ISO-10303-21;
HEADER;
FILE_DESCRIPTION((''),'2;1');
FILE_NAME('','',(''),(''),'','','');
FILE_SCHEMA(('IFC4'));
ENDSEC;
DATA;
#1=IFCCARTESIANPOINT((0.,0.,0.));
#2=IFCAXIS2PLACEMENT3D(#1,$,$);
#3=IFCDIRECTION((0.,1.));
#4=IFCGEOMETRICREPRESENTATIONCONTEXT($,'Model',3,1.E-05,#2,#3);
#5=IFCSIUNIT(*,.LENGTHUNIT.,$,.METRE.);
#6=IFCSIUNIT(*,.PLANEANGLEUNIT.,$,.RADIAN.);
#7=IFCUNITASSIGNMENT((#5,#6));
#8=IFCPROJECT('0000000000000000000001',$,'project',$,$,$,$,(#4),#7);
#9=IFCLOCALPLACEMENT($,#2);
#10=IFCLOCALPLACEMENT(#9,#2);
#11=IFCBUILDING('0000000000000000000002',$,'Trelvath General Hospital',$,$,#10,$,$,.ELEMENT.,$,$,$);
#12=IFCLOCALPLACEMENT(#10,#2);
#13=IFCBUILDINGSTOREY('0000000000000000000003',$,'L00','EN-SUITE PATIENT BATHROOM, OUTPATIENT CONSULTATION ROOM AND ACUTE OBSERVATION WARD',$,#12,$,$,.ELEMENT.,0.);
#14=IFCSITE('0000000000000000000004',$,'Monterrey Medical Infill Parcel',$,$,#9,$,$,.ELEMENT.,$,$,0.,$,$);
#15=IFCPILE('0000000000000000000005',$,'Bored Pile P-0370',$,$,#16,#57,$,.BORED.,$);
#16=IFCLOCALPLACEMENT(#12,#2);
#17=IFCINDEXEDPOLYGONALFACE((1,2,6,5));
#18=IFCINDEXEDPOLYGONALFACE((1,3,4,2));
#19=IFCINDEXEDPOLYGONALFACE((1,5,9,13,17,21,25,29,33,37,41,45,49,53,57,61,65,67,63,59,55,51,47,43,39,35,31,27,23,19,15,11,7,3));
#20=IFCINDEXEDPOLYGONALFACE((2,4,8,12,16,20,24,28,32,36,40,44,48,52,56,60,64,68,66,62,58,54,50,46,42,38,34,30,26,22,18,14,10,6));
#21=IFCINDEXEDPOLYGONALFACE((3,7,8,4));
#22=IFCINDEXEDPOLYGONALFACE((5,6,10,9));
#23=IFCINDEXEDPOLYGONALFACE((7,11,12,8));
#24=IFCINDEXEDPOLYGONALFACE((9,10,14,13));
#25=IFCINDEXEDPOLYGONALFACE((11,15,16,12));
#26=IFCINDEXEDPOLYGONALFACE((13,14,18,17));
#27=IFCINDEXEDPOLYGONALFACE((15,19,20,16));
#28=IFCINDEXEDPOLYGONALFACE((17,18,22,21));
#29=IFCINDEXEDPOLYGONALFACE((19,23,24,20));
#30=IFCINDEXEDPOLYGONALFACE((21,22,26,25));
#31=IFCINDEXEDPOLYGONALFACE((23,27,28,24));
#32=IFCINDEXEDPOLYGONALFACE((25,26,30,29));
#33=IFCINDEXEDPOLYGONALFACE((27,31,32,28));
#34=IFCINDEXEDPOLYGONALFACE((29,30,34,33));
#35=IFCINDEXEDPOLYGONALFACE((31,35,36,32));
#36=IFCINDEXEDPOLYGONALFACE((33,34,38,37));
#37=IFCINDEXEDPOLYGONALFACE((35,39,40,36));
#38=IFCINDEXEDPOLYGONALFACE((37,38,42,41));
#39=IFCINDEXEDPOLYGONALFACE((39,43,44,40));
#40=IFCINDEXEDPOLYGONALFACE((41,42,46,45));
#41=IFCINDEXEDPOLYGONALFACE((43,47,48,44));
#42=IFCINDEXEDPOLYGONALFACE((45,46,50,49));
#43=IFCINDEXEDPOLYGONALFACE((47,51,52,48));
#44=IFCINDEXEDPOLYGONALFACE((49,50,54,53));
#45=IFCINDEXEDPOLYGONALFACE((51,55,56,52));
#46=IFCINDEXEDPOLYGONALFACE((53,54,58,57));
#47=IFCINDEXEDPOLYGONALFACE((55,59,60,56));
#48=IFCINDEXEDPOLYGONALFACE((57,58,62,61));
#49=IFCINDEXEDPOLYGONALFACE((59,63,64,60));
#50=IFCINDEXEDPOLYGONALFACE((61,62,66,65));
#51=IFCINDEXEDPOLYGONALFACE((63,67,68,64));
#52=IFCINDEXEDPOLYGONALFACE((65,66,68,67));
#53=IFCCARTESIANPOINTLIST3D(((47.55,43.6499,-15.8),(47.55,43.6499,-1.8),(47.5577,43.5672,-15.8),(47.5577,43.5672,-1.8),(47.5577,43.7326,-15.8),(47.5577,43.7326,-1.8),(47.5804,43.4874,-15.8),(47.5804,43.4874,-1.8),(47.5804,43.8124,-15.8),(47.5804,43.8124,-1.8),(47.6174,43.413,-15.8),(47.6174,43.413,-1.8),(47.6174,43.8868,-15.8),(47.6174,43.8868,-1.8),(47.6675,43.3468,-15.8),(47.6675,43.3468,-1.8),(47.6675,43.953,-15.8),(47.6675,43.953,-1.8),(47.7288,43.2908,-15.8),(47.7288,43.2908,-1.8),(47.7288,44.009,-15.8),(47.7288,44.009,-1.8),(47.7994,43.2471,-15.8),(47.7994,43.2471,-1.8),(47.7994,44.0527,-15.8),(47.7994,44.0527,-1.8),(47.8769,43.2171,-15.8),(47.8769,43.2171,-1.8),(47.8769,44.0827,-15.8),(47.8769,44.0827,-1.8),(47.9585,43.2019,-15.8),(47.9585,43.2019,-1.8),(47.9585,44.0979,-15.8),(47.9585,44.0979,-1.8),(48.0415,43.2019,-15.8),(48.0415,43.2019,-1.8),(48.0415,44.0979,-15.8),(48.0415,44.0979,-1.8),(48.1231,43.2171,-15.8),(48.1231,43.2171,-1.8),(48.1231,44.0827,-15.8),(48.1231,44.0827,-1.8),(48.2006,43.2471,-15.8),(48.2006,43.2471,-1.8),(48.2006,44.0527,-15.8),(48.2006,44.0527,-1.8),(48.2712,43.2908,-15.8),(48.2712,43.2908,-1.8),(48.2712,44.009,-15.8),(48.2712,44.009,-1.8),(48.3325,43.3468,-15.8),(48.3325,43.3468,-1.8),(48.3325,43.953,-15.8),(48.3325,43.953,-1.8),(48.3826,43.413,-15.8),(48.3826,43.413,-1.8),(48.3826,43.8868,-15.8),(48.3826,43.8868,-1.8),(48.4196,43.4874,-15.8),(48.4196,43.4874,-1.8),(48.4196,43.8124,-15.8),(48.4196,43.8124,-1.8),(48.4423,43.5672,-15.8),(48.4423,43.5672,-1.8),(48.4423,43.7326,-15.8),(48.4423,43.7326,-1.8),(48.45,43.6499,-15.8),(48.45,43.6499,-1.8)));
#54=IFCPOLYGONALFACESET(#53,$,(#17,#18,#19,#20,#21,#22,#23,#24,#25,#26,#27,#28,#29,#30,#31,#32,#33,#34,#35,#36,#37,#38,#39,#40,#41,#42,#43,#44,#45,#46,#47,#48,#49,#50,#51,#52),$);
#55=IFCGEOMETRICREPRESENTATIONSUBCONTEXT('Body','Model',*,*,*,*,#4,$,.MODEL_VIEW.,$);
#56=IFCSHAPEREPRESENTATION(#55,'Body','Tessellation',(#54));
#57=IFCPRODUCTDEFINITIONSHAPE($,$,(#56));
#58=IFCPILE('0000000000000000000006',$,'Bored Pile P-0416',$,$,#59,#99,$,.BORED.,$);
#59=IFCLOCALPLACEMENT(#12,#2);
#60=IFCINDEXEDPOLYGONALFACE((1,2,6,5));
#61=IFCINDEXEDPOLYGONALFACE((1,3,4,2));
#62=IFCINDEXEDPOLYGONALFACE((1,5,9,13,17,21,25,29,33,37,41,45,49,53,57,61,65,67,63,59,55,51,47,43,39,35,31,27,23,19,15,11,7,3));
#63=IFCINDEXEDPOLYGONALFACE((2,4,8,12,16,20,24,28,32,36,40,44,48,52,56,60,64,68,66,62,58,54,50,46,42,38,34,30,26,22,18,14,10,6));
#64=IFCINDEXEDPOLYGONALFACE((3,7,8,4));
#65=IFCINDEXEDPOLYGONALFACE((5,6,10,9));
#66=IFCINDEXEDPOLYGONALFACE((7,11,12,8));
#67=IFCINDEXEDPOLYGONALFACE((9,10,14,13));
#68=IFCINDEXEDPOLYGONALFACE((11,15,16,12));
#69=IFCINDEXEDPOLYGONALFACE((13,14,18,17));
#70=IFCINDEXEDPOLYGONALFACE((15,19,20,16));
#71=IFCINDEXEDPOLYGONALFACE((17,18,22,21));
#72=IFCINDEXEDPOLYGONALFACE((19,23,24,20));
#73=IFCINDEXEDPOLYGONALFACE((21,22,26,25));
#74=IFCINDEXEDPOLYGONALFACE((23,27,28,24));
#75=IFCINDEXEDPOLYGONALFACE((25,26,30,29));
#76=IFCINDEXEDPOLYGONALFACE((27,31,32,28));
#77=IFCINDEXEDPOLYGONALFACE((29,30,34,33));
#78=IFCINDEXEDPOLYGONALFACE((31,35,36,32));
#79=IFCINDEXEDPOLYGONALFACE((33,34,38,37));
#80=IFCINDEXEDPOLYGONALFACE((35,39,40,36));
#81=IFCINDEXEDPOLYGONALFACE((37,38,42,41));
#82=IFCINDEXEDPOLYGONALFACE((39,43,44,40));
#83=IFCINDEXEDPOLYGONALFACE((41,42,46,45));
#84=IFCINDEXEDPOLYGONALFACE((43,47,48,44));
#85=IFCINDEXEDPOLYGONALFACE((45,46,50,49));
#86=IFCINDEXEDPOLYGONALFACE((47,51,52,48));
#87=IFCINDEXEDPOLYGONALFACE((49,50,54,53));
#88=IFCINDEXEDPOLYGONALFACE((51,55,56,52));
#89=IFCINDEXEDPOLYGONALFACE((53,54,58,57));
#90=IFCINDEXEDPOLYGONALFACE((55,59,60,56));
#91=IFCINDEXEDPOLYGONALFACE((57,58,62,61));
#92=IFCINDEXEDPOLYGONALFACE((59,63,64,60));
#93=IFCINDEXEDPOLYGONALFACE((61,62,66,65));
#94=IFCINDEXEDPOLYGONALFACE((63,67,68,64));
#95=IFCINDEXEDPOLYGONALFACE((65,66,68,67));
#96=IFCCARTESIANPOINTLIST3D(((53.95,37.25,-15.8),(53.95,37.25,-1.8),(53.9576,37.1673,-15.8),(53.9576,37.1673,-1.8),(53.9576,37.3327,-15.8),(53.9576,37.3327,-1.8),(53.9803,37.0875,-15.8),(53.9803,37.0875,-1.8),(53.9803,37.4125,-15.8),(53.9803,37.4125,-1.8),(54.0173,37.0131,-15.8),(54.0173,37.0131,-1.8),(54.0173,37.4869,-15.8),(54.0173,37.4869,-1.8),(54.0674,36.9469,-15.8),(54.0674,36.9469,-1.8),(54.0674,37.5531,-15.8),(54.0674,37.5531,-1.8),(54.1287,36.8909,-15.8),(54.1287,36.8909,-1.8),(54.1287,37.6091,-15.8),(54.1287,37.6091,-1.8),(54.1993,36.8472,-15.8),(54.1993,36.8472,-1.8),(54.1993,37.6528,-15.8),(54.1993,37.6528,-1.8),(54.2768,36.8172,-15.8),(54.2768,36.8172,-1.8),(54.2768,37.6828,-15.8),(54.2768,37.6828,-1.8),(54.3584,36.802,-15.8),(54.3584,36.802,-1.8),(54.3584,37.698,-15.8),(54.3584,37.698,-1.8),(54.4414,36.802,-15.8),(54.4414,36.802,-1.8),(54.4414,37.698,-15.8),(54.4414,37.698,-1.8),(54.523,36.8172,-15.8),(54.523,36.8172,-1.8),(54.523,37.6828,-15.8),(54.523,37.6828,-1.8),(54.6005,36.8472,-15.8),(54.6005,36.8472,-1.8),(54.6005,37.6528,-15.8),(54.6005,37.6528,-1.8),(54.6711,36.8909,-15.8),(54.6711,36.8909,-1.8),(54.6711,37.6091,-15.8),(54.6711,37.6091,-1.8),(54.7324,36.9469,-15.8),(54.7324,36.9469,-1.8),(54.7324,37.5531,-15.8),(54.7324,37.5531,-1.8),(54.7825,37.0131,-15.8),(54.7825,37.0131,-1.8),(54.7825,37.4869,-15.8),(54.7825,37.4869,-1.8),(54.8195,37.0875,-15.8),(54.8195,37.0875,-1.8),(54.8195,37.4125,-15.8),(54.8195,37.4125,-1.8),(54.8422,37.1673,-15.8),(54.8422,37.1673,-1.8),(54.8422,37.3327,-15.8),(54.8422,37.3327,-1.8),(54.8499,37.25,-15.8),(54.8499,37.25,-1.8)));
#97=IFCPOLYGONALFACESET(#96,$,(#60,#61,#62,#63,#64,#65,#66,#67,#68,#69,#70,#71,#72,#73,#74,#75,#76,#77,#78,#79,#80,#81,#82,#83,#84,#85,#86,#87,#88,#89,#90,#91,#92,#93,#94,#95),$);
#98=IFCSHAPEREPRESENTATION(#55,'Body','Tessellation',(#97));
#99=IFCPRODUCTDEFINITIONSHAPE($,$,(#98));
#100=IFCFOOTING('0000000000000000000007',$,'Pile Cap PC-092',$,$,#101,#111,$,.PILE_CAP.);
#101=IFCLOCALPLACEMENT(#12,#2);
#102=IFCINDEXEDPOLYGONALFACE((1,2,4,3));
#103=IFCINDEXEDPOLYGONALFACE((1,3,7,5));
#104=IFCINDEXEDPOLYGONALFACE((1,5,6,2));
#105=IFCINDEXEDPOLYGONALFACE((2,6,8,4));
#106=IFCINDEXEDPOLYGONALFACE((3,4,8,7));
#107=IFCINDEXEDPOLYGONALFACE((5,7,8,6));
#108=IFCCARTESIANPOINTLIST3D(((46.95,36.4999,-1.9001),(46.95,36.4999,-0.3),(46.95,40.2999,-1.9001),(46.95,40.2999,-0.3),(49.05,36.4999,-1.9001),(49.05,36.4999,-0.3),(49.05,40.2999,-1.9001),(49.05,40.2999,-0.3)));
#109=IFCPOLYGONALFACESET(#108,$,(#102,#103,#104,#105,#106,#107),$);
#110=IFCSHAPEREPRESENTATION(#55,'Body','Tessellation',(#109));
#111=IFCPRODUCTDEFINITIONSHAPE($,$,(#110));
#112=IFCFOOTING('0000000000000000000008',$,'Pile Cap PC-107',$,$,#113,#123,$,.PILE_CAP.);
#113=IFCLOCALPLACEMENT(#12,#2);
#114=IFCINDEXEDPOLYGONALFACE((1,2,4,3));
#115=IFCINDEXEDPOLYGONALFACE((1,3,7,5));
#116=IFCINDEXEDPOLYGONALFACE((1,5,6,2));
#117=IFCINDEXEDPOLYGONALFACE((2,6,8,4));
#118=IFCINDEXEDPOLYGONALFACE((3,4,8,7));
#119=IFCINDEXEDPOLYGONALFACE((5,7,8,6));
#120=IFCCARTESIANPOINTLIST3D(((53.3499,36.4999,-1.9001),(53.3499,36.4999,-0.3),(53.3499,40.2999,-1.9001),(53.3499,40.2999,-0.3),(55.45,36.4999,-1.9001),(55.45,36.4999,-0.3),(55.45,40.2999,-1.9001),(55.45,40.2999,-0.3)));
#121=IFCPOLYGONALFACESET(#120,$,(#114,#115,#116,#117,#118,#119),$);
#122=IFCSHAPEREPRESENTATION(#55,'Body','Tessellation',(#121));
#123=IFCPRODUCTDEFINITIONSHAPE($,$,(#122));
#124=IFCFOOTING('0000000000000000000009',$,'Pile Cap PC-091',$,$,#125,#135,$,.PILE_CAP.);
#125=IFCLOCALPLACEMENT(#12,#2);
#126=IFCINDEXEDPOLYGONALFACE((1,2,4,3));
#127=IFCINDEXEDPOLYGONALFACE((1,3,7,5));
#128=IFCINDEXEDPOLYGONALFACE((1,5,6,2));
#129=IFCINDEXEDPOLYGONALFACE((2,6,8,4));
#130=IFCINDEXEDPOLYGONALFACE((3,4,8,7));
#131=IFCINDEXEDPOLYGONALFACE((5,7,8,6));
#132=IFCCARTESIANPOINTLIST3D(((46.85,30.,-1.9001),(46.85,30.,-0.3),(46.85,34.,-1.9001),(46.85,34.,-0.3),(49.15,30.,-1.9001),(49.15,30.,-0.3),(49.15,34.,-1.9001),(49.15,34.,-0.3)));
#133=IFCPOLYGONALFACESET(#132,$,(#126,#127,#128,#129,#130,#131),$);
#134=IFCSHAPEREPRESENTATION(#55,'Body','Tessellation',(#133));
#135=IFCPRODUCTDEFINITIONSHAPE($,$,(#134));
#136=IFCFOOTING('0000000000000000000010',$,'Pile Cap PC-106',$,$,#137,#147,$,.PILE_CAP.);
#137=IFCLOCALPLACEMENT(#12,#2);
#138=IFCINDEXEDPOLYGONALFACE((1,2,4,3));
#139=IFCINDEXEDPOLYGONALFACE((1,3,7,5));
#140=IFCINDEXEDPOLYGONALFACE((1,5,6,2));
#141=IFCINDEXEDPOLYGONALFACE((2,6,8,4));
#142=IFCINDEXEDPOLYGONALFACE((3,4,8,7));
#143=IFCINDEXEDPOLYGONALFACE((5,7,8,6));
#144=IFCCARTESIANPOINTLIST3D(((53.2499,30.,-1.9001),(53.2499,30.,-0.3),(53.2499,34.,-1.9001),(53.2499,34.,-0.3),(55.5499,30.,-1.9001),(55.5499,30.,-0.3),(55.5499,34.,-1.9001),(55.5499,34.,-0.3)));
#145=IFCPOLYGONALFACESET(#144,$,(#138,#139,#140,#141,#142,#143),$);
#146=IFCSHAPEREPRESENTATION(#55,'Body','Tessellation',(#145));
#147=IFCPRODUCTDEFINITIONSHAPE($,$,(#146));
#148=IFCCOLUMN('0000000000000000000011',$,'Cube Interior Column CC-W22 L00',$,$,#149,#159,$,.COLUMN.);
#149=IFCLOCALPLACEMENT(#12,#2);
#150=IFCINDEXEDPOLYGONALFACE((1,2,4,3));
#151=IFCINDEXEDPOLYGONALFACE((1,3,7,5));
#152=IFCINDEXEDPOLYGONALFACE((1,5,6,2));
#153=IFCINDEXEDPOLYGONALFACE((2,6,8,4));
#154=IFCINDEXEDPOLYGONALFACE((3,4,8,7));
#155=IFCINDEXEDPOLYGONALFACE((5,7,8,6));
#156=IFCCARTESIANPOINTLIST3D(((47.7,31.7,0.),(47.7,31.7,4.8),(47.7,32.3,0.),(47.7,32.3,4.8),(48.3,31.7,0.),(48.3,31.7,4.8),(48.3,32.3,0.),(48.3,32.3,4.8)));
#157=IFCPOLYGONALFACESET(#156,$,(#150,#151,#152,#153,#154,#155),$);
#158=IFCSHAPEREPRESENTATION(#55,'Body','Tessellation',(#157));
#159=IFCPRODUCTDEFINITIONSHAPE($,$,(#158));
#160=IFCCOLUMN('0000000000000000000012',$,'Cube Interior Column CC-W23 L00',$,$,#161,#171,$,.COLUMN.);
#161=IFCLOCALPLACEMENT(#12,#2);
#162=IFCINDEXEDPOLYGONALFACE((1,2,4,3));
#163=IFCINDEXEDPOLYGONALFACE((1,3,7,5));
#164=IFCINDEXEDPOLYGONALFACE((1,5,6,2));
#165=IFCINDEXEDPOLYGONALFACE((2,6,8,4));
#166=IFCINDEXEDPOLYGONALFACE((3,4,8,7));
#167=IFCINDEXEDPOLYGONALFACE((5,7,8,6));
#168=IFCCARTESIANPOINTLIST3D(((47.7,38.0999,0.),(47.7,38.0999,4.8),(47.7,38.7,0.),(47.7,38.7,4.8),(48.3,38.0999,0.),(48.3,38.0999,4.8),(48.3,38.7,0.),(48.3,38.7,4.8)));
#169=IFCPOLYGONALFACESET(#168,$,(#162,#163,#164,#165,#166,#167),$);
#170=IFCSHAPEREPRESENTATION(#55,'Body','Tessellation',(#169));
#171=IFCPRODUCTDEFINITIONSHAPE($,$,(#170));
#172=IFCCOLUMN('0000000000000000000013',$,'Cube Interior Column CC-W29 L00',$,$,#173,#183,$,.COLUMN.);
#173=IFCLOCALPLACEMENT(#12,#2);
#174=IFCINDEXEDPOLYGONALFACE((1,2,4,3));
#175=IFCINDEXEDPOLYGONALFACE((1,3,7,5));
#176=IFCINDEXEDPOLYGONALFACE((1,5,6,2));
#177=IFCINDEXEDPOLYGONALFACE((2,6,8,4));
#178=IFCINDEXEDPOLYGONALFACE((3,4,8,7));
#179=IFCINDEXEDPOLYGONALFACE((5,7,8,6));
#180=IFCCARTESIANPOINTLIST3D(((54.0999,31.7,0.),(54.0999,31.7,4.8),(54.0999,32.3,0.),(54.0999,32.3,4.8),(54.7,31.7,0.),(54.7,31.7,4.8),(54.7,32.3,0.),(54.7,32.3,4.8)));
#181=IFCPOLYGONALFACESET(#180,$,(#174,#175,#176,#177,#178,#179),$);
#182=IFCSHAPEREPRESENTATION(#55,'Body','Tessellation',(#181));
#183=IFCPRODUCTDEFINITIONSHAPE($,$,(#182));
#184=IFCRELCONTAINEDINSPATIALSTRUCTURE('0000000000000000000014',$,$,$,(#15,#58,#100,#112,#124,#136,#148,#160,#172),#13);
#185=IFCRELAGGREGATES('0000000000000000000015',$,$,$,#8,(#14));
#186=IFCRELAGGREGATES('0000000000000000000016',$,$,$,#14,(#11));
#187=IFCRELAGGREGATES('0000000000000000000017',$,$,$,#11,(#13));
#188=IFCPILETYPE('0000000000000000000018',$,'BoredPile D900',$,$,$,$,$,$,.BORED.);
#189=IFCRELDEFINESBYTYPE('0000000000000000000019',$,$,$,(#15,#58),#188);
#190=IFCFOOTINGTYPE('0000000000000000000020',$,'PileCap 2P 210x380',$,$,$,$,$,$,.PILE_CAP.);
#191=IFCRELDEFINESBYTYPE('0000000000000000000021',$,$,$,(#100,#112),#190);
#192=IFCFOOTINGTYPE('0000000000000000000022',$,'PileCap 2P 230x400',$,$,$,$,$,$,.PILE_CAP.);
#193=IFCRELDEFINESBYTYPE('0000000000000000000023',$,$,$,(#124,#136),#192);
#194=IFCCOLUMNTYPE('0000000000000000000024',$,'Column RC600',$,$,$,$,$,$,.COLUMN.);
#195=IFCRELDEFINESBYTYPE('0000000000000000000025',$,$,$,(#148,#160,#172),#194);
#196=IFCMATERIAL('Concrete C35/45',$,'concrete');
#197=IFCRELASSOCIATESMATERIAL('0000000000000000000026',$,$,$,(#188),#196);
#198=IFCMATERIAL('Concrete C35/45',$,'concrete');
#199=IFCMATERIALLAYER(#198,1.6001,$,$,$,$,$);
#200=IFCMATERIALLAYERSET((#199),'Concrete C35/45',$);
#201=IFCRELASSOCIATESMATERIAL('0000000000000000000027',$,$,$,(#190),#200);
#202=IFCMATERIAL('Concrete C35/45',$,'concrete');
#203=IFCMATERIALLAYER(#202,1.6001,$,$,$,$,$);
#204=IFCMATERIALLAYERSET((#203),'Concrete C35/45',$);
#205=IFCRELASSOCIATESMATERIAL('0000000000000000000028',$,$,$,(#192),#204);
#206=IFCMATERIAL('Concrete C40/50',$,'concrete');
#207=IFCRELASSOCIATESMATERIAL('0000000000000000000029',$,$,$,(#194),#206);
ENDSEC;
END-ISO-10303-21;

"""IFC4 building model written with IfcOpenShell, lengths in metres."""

from ifc_helpers import new_model, si_unit, direction, frame, origin, origin_2d, place, context, subcontext, project, spatial, rectangle, circle, extrude, material, layer, layer_set, material_profile, profile_set, type_object, element, save


model = new_model("IFC4")

# Units and contexts
model_context = context("Model", 3, precision=1e-05, world=origin(), true_north=direction((0.0, 1.0)))
body_context = subcontext(model_context, "Body", "Model", "MODEL_VIEW")
ifc_project = project(units=[si_unit("LENGTHUNIT", "METRE"), si_unit("PLANEANGLEUNIT", "RADIAN")], contexts=[model_context])

# Site, building, storey
site_placement = place(None, origin())
site = spatial("IfcSite", under=ifc_project, at=site_placement, Name="Monterrey Medical Infill Parcel", CompositionType="ELEMENT", RefElevation=0.0)
building_placement = place(site_placement, origin())
building = spatial("IfcBuilding", under=site, at=building_placement, Name="Trelvath General Hospital", CompositionType="ELEMENT")
storey_placement = place(building_placement, origin())
storey = spatial("IfcBuildingStorey", under=building, at=storey_placement, Name="L00", Description="EN-SUITE PATIENT BATHROOM, OUTPATIENT CONSULTATION ROOM AND ACUTE OBSERVATION WARD", CompositionType="ELEMENT", Elevation=0.0)

# Piles
ifc_material_1 = material(Name="Concrete C35/45", Category="concrete")
ifc_material_profile_1 = material_profile(ifc_material_1, circle(Radius=0.45, at=origin_2d()), Name="PILE900")
ifc_profile_set_1 = profile_set([ifc_material_profile_1], Name="Concrete C35/45")
pile_type_1 = type_object("IfcPileType", Name="BoredPile D900", PredefinedType="BORED", material=ifc_profile_set_1)
for number, where, z_axis, x_axis, name in (
    (1, (48.0, 43.6499, -1.8), (0.0, 0.0, -1.0), (1.0, 0.0, 0.0), "Bored Pile P-0370"),
    (2, (54.3999, 37.25, -1.8), (0.0, 0.0, -1.0), (1.0, 0.0, 0.0), "Bored Pile P-0416"),
):
    element("IfcPile", number, at=place(storey_placement, frame(where, z_axis=z_axis, x_axis=x_axis)), inside=storey, type_object=pile_type_1, Name=name, PredefinedType="BORED", context=body_context, shape_type="SweptSolid", body=[
        extrude(circle(Radius=0.45, at=origin_2d()), origin(), (0.0, 0.0, 1.0), 14.0),
    ])

# Footings
ifc_material_2 = material(Name="Concrete C35/45", Category="concrete")
ifc_layer_1 = layer(ifc_material_2, 1.6001)
ifc_layer_set_1 = layer_set([ifc_layer_1], Name="Concrete C35/45")
footing_type_1 = type_object("IfcFootingType", Name="PileCap 2P 210x380", PredefinedType="PILE_CAP", material=ifc_layer_set_1)
for number, where, z_axis, x_axis, name in (
    (3, (48.0, 38.3999, -1.9001), (0.0, 0.0, 1.0), (1.0, 0.0, 0.0), "Pile Cap PC-092"),
    (4, (54.3999, 38.3999, -1.9001), (0.0, 0.0, 1.0), (1.0, 0.0, 0.0), "Pile Cap PC-107"),
):
    element("IfcFooting", number, at=place(storey_placement, frame(where, z_axis=z_axis, x_axis=x_axis)), inside=storey, type_object=footing_type_1, Name=name, PredefinedType="PILE_CAP", context=body_context, shape_type="SweptSolid", body=[
        extrude(rectangle(XDim=2.1001, YDim=3.8, at=origin_2d()), origin(), (0.0, 0.0, 1.0), 1.6001),
    ])
ifc_material_3 = material(Name="Concrete C35/45", Category="concrete")
ifc_layer_2 = layer(ifc_material_3, 1.6001)
ifc_layer_set_2 = layer_set([ifc_layer_2], Name="Concrete C35/45")
footing_type_2 = type_object("IfcFootingType", Name="PileCap 2P 230x400", PredefinedType="PILE_CAP", material=ifc_layer_set_2)
for number, where, z_axis, x_axis, name in (
    (5, (48.0, 32.0, -1.9001), (0.0, 0.0, 1.0), (1.0, 0.0, 0.0), "Pile Cap PC-091"),
    (6, (54.3999, 32.0, -1.9001), (0.0, 0.0, 1.0), (1.0, 0.0, 0.0), "Pile Cap PC-106"),
):
    element("IfcFooting", number, at=place(storey_placement, frame(where, z_axis=z_axis, x_axis=x_axis)), inside=storey, type_object=footing_type_2, Name=name, PredefinedType="PILE_CAP", context=body_context, shape_type="SweptSolid", body=[
        extrude(rectangle(XDim=2.3, YDim=4.0, at=origin_2d()), origin(), (0.0, 0.0, 1.0), 1.6001),
    ])

# Columns
ifc_material_4 = material(Name="Concrete C40/50", Category="concrete")
ifc_material_profile_2 = material_profile(ifc_material_4, rectangle(XDim=0.6001, YDim=0.6001, at=origin_2d()), Name="RC600x600")
ifc_profile_set_2 = profile_set([ifc_material_profile_2], Name="Concrete C40/50")
column_type_1 = type_object("IfcColumnType", Name="Column RC600", PredefinedType="COLUMN", material=ifc_profile_set_2)
for number, where, z_axis, x_axis, name in (
    (7, (48.0, 32.0, 0.0), (0.0, 0.0, 1.0), (1.0, 0.0, 0.0), "Cube Interior Column CC-W22 L00"),
    (8, (48.0, 38.3999, 0.0), (0.0, 0.0, 1.0), (1.0, 0.0, 0.0), "Cube Interior Column CC-W23 L00"),
    (9, (54.3999, 32.0, 0.0), (0.0, 0.0, 1.0), (1.0, 0.0, 0.0), "Cube Interior Column CC-W29 L00"),
):
    element("IfcColumn", number, at=place(storey_placement, frame(where, z_axis=z_axis, x_axis=x_axis)), inside=storey, type_object=column_type_1, Name=name, PredefinedType="COLUMN", context=body_context, shape_type="SweptSolid", body=[
        extrude(rectangle(XDim=0.6001, YDim=0.6001, at=origin_2d()), origin(), (0.0, 0.0, 1.0), 4.8),
    ])

save(model, "model.ifc")
